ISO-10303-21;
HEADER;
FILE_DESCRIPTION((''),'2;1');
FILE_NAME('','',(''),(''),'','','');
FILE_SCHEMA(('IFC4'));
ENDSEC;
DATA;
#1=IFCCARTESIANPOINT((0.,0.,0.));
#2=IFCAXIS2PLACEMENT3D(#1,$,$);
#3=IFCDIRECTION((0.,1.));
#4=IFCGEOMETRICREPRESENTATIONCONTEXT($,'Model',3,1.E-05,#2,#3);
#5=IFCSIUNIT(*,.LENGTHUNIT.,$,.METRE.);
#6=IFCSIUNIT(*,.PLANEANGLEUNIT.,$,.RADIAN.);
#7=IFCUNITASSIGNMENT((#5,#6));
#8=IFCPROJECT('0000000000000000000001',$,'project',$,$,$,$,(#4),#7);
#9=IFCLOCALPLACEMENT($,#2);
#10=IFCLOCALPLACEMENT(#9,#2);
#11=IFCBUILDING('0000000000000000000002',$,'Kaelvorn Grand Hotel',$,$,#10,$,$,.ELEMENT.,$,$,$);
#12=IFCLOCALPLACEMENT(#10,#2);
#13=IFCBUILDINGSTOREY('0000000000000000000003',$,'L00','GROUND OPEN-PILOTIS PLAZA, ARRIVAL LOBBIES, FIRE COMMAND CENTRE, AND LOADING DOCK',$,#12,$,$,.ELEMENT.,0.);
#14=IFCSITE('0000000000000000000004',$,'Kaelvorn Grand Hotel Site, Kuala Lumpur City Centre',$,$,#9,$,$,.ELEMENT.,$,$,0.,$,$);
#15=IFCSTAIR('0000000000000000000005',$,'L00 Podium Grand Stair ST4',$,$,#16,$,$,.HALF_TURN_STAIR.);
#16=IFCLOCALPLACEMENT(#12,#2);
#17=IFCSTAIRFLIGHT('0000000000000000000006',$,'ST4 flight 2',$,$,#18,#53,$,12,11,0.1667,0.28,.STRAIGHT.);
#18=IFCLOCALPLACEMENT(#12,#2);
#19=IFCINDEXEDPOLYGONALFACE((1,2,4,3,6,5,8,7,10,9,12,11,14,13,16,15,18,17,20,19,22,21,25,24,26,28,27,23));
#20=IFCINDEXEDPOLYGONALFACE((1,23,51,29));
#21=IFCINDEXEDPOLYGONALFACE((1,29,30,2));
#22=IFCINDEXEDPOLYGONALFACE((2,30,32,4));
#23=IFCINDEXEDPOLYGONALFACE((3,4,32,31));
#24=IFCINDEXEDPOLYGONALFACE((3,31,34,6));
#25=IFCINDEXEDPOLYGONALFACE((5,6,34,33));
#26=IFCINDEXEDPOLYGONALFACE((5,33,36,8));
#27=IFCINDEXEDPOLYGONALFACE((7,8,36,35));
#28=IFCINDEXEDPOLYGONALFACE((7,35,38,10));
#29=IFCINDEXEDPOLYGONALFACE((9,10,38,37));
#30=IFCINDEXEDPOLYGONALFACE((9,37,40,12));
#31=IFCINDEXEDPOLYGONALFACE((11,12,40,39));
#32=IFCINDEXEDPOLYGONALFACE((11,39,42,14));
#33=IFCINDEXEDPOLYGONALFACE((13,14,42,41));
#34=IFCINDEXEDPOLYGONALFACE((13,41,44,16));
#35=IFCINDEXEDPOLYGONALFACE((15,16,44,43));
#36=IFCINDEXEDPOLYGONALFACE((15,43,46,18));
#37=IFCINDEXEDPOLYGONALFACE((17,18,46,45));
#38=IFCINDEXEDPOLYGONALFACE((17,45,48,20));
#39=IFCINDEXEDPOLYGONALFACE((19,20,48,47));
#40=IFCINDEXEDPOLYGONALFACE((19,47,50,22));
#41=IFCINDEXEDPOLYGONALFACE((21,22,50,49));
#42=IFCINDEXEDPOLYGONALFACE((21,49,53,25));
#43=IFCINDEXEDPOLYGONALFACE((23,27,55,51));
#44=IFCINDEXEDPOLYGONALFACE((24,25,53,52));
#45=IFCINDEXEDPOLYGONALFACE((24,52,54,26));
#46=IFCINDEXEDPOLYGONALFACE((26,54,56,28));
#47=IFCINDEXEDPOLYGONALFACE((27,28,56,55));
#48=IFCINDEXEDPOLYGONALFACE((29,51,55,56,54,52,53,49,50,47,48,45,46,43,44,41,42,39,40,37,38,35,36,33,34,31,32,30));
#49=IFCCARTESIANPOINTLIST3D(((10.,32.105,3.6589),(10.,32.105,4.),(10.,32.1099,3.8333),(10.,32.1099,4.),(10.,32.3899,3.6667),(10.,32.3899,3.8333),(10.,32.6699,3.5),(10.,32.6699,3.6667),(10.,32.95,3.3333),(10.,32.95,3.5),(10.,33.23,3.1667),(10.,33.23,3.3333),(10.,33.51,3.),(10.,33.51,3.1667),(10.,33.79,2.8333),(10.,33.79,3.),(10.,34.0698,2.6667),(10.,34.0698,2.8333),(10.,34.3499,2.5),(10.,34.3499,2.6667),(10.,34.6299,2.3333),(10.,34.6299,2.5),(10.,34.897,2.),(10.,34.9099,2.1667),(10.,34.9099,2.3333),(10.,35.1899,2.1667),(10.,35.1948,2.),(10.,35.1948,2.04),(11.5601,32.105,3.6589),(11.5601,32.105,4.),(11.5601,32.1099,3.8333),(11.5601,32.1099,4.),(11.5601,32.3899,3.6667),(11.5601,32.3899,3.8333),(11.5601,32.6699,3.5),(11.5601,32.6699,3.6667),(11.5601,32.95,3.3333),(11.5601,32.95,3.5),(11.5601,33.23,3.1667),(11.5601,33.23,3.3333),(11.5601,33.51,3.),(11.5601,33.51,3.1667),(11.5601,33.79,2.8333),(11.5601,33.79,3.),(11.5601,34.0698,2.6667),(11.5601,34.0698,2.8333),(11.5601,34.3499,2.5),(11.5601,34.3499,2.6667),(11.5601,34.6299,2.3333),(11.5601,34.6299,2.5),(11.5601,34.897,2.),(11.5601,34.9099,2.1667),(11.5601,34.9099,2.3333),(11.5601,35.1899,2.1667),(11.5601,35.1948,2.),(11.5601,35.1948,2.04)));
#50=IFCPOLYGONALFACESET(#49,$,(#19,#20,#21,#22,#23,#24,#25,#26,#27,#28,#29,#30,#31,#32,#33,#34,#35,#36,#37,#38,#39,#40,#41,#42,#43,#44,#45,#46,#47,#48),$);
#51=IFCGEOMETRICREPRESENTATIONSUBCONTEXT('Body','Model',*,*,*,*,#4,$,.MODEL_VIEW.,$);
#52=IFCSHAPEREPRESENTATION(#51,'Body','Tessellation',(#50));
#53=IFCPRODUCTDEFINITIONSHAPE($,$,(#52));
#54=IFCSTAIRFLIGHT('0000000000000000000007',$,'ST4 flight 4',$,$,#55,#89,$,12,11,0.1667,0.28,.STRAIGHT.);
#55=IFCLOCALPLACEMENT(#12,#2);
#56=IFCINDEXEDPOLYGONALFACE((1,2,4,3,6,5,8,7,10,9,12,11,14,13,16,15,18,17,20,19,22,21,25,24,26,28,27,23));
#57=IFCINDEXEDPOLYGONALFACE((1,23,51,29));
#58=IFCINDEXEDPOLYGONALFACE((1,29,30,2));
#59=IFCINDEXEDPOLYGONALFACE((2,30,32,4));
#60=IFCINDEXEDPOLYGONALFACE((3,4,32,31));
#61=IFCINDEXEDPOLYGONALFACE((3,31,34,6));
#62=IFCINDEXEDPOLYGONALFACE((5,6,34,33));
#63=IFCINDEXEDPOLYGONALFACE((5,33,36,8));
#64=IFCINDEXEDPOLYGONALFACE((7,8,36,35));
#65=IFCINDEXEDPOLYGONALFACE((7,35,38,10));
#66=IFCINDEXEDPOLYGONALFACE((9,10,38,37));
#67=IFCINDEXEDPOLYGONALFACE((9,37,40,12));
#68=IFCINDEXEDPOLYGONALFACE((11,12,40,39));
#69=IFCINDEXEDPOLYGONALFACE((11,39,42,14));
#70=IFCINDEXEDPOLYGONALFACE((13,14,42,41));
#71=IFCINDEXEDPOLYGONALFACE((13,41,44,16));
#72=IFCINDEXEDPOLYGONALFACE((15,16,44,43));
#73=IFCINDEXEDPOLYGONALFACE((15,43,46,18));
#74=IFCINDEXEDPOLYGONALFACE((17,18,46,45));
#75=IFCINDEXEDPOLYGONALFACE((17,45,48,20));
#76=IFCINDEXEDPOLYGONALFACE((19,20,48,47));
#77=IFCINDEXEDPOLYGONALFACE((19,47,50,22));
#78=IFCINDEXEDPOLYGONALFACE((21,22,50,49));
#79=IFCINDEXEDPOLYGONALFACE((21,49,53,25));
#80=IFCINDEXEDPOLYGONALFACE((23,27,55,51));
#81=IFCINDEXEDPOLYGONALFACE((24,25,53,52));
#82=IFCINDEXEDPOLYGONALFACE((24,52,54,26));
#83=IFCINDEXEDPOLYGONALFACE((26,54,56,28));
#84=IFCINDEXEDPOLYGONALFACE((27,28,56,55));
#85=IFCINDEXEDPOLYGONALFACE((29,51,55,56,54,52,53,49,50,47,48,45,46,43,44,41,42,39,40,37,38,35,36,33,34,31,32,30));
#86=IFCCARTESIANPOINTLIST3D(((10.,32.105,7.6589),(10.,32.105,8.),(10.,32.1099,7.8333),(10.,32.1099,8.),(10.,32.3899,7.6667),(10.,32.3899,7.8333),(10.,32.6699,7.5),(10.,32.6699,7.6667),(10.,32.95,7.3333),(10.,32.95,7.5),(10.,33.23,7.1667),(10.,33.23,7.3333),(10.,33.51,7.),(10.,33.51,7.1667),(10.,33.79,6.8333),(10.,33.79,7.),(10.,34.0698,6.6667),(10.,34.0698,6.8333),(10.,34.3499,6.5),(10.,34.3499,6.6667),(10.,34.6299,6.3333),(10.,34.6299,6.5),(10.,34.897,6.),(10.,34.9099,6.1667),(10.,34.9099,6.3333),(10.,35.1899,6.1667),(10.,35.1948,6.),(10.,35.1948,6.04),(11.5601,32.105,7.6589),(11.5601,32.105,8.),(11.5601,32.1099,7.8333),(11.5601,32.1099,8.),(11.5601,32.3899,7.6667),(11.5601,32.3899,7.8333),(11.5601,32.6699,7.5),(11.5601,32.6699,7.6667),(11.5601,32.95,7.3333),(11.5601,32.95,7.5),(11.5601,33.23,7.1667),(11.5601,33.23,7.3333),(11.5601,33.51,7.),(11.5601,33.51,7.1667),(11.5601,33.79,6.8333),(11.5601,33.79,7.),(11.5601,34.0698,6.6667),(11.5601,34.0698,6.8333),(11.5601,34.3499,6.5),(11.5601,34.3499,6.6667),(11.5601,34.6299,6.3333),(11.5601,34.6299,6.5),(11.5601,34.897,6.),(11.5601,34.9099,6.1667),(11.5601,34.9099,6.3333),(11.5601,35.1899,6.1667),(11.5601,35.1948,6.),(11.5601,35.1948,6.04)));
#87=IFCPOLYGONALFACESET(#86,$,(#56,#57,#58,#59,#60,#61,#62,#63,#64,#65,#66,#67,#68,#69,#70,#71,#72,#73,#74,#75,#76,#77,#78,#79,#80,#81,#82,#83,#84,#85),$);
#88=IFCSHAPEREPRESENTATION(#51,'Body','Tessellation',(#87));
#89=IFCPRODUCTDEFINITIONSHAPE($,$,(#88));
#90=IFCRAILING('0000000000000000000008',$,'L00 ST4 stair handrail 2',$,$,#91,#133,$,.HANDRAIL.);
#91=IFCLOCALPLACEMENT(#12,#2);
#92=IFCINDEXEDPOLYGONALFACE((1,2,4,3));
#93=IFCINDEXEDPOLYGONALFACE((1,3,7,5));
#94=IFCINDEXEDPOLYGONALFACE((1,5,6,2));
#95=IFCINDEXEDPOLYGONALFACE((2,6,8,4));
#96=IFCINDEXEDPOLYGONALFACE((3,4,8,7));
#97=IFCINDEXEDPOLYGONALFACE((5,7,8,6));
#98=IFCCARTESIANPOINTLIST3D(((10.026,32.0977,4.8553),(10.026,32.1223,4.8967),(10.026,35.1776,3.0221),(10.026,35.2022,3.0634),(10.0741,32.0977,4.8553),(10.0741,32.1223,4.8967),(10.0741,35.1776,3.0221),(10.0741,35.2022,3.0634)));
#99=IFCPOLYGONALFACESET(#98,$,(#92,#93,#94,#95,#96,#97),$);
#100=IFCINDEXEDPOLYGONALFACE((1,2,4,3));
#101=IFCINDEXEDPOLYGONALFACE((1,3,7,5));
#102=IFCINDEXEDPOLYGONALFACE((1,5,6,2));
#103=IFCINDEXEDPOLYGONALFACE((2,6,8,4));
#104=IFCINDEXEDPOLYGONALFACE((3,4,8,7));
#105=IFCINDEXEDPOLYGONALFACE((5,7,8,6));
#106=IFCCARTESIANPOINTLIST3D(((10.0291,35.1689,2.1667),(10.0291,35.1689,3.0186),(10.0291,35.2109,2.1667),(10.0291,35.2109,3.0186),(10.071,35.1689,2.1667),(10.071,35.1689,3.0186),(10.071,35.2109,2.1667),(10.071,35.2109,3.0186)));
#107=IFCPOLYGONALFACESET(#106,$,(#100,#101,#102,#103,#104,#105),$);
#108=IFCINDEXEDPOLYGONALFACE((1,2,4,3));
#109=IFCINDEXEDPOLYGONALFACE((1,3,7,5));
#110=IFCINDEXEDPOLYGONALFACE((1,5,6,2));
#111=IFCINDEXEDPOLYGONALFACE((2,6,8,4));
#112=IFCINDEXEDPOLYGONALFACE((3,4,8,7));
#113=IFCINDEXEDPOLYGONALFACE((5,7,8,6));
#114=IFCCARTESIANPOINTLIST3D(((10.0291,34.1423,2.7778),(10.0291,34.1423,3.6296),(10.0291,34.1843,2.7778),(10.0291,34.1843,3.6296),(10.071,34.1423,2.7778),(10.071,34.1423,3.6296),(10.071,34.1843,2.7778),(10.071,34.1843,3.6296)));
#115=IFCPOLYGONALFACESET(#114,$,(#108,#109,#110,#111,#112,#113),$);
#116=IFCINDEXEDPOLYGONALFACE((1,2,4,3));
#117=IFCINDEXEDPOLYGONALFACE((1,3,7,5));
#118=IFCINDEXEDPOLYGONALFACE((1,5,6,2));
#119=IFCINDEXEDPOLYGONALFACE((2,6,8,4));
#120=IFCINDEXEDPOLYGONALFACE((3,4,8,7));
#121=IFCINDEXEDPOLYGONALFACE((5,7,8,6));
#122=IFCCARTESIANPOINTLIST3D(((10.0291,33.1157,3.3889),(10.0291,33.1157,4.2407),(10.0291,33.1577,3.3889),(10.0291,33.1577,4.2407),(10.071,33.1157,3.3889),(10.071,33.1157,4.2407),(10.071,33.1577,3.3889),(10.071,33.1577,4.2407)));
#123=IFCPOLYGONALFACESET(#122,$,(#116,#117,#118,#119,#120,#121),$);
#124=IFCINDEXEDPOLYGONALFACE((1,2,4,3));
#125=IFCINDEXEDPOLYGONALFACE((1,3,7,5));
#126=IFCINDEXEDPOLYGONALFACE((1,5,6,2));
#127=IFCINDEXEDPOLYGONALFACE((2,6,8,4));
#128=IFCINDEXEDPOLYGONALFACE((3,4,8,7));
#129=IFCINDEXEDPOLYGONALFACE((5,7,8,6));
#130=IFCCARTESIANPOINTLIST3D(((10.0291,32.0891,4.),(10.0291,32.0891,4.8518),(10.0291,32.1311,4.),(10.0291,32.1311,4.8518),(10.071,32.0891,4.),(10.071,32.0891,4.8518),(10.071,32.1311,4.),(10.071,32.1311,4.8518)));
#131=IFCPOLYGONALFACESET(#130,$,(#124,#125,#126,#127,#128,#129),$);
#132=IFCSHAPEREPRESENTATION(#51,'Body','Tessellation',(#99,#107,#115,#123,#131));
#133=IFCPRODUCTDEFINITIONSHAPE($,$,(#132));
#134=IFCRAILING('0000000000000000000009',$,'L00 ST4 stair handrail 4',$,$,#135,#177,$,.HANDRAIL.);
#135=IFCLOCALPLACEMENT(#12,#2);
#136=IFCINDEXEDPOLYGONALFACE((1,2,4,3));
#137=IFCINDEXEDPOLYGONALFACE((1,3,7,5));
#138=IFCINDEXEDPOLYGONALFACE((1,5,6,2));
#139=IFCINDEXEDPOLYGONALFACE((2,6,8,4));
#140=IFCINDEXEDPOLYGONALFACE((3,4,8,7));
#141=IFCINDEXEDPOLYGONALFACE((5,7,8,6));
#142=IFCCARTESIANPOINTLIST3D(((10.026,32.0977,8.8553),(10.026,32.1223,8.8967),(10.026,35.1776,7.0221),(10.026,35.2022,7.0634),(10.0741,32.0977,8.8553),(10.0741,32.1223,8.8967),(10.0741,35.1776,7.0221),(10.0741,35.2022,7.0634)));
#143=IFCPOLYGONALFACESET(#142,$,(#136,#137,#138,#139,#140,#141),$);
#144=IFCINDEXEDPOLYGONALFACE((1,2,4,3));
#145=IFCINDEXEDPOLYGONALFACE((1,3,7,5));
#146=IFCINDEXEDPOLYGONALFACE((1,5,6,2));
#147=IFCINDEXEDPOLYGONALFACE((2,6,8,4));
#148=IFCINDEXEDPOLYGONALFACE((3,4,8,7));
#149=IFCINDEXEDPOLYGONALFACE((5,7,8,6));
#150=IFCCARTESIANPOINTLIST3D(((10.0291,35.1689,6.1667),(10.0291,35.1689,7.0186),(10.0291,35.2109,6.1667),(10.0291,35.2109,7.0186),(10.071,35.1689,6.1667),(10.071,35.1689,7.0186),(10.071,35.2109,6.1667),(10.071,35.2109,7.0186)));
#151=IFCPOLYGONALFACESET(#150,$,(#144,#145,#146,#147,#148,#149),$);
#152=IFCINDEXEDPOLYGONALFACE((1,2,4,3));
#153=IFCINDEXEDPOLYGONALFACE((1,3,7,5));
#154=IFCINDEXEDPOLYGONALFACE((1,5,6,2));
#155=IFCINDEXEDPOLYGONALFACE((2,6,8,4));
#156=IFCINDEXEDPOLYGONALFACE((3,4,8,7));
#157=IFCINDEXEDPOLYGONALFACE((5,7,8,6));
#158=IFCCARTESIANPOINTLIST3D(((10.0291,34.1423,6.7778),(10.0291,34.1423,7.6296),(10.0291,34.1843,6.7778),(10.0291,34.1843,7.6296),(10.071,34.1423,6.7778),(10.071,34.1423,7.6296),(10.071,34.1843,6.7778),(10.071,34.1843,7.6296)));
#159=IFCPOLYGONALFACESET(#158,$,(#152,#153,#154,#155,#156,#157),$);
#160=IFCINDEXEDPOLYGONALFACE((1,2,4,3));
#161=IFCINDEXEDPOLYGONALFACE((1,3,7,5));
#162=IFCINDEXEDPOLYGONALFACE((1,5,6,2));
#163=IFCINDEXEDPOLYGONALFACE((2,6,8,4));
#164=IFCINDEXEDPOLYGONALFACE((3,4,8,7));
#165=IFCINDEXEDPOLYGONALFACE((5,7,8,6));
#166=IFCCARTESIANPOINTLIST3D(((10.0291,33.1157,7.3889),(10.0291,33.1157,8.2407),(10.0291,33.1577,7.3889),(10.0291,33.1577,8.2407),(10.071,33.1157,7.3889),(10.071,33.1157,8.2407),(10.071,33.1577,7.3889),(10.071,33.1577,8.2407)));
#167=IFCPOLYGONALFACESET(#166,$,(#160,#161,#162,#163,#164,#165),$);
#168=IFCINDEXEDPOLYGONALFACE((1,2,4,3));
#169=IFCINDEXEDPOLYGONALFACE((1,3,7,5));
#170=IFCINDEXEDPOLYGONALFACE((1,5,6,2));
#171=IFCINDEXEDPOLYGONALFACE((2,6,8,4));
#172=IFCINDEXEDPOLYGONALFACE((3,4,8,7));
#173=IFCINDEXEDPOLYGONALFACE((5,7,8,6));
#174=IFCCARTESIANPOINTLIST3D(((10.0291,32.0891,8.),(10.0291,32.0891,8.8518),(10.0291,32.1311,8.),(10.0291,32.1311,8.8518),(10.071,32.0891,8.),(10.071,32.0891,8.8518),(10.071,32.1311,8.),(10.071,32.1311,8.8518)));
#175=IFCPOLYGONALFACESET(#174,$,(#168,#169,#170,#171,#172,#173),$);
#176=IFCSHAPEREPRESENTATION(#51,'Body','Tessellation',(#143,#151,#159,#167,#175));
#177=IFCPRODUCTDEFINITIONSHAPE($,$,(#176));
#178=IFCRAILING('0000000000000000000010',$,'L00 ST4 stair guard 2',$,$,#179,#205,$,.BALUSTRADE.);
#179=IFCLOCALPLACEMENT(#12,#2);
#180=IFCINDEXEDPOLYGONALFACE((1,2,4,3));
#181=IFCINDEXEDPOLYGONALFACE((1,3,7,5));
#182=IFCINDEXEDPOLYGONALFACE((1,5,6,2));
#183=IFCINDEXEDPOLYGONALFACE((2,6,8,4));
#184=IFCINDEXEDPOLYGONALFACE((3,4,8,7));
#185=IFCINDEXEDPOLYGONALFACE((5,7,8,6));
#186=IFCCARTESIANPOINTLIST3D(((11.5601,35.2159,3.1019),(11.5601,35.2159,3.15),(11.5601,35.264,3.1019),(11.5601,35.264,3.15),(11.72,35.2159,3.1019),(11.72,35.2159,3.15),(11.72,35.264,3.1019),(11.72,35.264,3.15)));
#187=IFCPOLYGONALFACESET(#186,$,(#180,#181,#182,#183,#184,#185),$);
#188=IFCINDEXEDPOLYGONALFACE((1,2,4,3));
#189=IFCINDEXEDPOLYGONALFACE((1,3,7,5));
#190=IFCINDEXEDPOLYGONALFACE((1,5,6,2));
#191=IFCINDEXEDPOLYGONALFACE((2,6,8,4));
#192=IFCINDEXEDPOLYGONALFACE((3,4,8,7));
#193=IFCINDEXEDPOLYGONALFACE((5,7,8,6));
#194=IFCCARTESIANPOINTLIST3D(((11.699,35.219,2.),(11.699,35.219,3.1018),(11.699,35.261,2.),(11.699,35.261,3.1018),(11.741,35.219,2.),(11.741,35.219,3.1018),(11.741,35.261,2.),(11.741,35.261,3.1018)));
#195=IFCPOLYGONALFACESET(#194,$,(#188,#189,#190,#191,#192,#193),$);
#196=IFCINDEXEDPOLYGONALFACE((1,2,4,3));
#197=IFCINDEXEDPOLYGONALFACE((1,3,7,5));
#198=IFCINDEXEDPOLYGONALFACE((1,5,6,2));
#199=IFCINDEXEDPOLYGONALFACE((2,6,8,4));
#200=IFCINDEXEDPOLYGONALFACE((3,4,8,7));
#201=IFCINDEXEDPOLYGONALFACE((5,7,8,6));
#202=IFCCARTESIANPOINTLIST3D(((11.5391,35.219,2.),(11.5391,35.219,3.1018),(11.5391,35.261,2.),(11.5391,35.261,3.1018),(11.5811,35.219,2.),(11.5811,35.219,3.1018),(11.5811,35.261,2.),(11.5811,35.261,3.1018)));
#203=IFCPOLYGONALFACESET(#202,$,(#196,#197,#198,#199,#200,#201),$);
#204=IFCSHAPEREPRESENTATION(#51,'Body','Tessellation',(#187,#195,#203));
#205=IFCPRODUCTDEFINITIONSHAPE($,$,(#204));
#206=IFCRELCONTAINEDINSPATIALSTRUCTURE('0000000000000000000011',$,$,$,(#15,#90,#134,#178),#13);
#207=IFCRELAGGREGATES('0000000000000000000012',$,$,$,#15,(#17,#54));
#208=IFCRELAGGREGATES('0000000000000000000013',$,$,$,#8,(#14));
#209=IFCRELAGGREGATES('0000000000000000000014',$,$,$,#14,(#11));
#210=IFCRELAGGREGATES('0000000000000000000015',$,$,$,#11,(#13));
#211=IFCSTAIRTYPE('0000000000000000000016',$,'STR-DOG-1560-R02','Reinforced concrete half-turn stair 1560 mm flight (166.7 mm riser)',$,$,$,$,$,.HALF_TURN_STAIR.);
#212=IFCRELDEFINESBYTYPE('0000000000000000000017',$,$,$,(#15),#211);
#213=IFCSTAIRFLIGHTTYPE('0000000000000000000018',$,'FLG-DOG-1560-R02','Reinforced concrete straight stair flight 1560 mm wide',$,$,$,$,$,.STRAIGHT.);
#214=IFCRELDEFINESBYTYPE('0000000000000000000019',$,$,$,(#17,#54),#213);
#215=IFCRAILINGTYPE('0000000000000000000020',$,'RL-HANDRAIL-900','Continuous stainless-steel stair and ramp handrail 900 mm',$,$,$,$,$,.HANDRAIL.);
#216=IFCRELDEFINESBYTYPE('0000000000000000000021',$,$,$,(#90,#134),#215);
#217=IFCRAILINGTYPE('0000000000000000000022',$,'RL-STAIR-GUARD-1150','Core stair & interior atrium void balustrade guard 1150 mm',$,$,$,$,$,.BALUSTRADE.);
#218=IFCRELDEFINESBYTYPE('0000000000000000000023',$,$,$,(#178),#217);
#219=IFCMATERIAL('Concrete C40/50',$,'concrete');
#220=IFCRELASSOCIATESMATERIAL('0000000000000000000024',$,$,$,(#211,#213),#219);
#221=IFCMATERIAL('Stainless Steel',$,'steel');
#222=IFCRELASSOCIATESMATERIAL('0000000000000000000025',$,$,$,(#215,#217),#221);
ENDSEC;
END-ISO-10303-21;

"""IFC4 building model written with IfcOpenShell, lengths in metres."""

from ifc_helpers import new_model, si_unit, direction, frame, origin, origin_2d, place, context, subcontext, project, spatial, polyline, rectangle, outline, extrude, material, type_object, element, aggregate, save


model = new_model("IFC4")

# Units and contexts
model_context = context("Model", 3, precision=1e-05, world=origin(), true_north=direction((0.0, 1.0)))
body_context = subcontext(model_context, "Body", "Model", "MODEL_VIEW")
ifc_project = project(units=[si_unit("LENGTHUNIT", "METRE"), si_unit("PLANEANGLEUNIT", "RADIAN")], contexts=[model_context])

# Site, building, storey
site_placement = place(None, origin())
site = spatial("IfcSite", under=ifc_project, at=site_placement, Name="Kaelvorn Grand Hotel Site, Kuala Lumpur City Centre", CompositionType="ELEMENT", RefElevation=0.0)
building_placement = place(site_placement, origin())
building = spatial("IfcBuilding", under=site, at=building_placement, Name="Kaelvorn Grand Hotel", CompositionType="ELEMENT")
storey_placement = place(building_placement, origin())
storey = spatial("IfcBuildingStorey", under=building, at=storey_placement, Name="L00", Description="GROUND OPEN-PILOTIS PLAZA, ARRIVAL LOBBIES, FIRE COMMAND CENTRE, AND LOADING DOCK", CompositionType="ELEMENT", Elevation=0.0)

# Shared definitions
ifc_material_1 = material(Name="Concrete C40/50", Category="concrete")

# Stair, stair flights
stair_type = type_object("IfcStairType", Name="STR-DOG-1560-R02", Description="Reinforced concrete half-turn stair 1560 mm flight (166.7 mm riser)", PredefinedType="HALF_TURN_STAIR", material=ifc_material_1)
stair_placement = place(storey_placement, origin())
stair = element("IfcStair", 1, at=stair_placement, inside=storey, type_object=stair_type, Name="L00 Podium Grand Stair ST4", PredefinedType="HALF_TURN_STAIR")
stair_flight_type = type_object("IfcStairFlightType", Name="FLG-DOG-1560-R02", Description="Reinforced concrete straight stair flight 1560 mm wide", PredefinedType="STRAIGHT", material=ifc_material_1)
stair_flight_1_placement = place(storey_placement, frame((10.78, 35.1899, 2.0), z_axis=(0.0, 0.0, 1.0), x_axis=(0.0, -1.0, 0.0)))
stair_flight_1 = element("IfcStairFlight", 2, at=stair_flight_1_placement, type_object=stair_flight_type, Name="ST4 flight 2", NumberOfRisers=12, NumberOfTreads=11, PredefinedType="STRAIGHT", RiserHeight=0.1667, TreadLength=0.28, context=body_context, shape_type="SweptSolid", body=[
    extrude(outline(polyline([(-0.0049, 0.0), (-0.0049, 0.04), (0.0, 0.1667), (0.28, 0.1667), (0.28, 0.3333), (0.5601, 0.3333), (0.5601, 0.5), (0.8401, 0.5), (0.8401, 0.6667), (1.1201, 0.6667), (1.1201, 0.8333), (1.3999, 0.8333), (1.3999, 1.0), (1.6799, 1.0), (1.6799, 1.1667), (1.96, 1.1667), (1.96, 1.3333), (2.24, 1.3333), (2.24, 1.5), (2.52, 1.5), (2.52, 1.6667), (2.8, 1.6667), (2.8, 1.8333), (3.0801, 1.8333), (3.0801, 2.0), (3.085, 2.0), (3.085, 1.6589), (0.293, 0.0), (-0.0049, 0.0)])), frame((0.0, 0.78, 0.0), z_axis=(0.0, -1.0, 0.0), x_axis=(1.0, 0.0, 0.0)), (0.0, 0.0, 1.0), 1.5601),
])
stair_flight_2_placement = place(storey_placement, frame((10.78, 35.1899, 6.0), z_axis=(0.0, 0.0, 1.0), x_axis=(0.0, -1.0, 0.0)))
stair_flight_2 = element("IfcStairFlight", 3, at=stair_flight_2_placement, type_object=stair_flight_type, Name="ST4 flight 4", NumberOfRisers=12, NumberOfTreads=11, PredefinedType="STRAIGHT", RiserHeight=0.1667, TreadLength=0.28, context=body_context, shape_type="SweptSolid", body=[
    extrude(outline(polyline([(-0.0049, 0.0), (-0.0049, 0.04), (0.0, 0.1667), (0.28, 0.1667), (0.28, 0.3333), (0.5601, 0.3333), (0.5601, 0.5), (0.8401, 0.5), (0.8401, 0.6667), (1.1201, 0.6667), (1.1201, 0.8333), (1.3999, 0.8333), (1.3999, 1.0), (1.6799, 1.0), (1.6799, 1.1667), (1.96, 1.1667), (1.96, 1.3333), (2.24, 1.3333), (2.24, 1.5), (2.52, 1.5), (2.52, 1.6667), (2.8, 1.6667), (2.8, 1.8333), (3.0801, 1.8333), (3.0801, 2.0), (3.085, 2.0), (3.085, 1.6589), (0.293, 0.0), (-0.0049, 0.0)])), frame((0.0, 0.78, 0.0), z_axis=(0.0, -1.0, 0.0), x_axis=(1.0, 0.0, 0.0)), (0.0, 0.0, 1.0), 1.5601),
])
aggregate(stair, [stair_flight_1, stair_flight_2])

# Railings
ifc_material_2 = material(Name="Stainless Steel", Category="steel")
railing_type_1 = type_object("IfcRailingType", Name="RL-HANDRAIL-900", Description="Continuous stainless-steel stair and ramp handrail 900 mm", PredefinedType="HANDRAIL", material=ifc_material_2)
for number, where, name in (
    (4, (10.05, 35.1899, 2.1667), "L00 ST4 stair handrail 2"),
    (5, (10.05, 35.1899, 6.1667), "L00 ST4 stair handrail 4"),
):
    element("IfcRailing", number, at=place(storey_placement, frame(where)), inside=storey, type_object=railing_type_1, Name=name, PredefinedType="HANDRAIL", context=body_context, shape_type="SweptSolid", body=[
        extrude(rectangle(XDim=0.0481, YDim=0.0481, at=origin_2d()), frame((0.0, 0.0, 0.876), z_axis=(0.0, -0.859291, 0.511487), x_axis=(1.0, 0.0, 0.0)), (0.0, 0.0, 1.0), 3.5842),
        extrude(rectangle(XDim=0.042, YDim=0.042, at=origin_2d()), origin(), (0.0, 0.0, 1.0), 0.8518),
        extrude(rectangle(XDim=0.042, YDim=0.042, at=origin_2d()), frame((0.0, -1.0266, 0.6111)), (0.0, 0.0, 1.0), 0.8518),
        extrude(rectangle(XDim=0.042, YDim=0.042, at=origin_2d()), frame((0.0, -2.0532, 1.2222)), (0.0, 0.0, 1.0), 0.8518),
        extrude(rectangle(XDim=0.042, YDim=0.042, at=origin_2d()), frame((0.0, -3.0798, 1.8333)), (0.0, 0.0, 1.0), 0.8518),
    ])
railing_type_2 = type_object("IfcRailingType", Name="RL-STAIR-GUARD-1150", Description="Core stair & interior atrium void balustrade guard 1150 mm", PredefinedType="BALUSTRADE", material=ifc_material_2)
railing_1_placement = place(storey_placement, frame((11.72, 35.24, 2.0)))
element("IfcRailing", 6, at=railing_1_placement, inside=storey, type_object=railing_type_2, Name="L00 ST4 stair guard 2", PredefinedType="BALUSTRADE", context=body_context, shape_type="SweptSolid", body=[
    extrude(rectangle(XDim=0.0481, YDim=0.0481, at=origin_2d()), frame((0.0, 0.0, 1.126), z_axis=(-1.0, 0.0, 0.0), x_axis=(0.0, -1.0, 0.0)), (0.0, 0.0, 1.0), 0.1599),
    extrude(rectangle(XDim=0.042, YDim=0.042, at=origin_2d()), origin(), (0.0, 0.0, 1.0), 1.1018),
    extrude(rectangle(XDim=0.042, YDim=0.042, at=origin_2d()), frame((-0.1599, 0.0, 0.0)), (0.0, 0.0, 1.0), 1.1018),
])

save(model, "model.ifc")
